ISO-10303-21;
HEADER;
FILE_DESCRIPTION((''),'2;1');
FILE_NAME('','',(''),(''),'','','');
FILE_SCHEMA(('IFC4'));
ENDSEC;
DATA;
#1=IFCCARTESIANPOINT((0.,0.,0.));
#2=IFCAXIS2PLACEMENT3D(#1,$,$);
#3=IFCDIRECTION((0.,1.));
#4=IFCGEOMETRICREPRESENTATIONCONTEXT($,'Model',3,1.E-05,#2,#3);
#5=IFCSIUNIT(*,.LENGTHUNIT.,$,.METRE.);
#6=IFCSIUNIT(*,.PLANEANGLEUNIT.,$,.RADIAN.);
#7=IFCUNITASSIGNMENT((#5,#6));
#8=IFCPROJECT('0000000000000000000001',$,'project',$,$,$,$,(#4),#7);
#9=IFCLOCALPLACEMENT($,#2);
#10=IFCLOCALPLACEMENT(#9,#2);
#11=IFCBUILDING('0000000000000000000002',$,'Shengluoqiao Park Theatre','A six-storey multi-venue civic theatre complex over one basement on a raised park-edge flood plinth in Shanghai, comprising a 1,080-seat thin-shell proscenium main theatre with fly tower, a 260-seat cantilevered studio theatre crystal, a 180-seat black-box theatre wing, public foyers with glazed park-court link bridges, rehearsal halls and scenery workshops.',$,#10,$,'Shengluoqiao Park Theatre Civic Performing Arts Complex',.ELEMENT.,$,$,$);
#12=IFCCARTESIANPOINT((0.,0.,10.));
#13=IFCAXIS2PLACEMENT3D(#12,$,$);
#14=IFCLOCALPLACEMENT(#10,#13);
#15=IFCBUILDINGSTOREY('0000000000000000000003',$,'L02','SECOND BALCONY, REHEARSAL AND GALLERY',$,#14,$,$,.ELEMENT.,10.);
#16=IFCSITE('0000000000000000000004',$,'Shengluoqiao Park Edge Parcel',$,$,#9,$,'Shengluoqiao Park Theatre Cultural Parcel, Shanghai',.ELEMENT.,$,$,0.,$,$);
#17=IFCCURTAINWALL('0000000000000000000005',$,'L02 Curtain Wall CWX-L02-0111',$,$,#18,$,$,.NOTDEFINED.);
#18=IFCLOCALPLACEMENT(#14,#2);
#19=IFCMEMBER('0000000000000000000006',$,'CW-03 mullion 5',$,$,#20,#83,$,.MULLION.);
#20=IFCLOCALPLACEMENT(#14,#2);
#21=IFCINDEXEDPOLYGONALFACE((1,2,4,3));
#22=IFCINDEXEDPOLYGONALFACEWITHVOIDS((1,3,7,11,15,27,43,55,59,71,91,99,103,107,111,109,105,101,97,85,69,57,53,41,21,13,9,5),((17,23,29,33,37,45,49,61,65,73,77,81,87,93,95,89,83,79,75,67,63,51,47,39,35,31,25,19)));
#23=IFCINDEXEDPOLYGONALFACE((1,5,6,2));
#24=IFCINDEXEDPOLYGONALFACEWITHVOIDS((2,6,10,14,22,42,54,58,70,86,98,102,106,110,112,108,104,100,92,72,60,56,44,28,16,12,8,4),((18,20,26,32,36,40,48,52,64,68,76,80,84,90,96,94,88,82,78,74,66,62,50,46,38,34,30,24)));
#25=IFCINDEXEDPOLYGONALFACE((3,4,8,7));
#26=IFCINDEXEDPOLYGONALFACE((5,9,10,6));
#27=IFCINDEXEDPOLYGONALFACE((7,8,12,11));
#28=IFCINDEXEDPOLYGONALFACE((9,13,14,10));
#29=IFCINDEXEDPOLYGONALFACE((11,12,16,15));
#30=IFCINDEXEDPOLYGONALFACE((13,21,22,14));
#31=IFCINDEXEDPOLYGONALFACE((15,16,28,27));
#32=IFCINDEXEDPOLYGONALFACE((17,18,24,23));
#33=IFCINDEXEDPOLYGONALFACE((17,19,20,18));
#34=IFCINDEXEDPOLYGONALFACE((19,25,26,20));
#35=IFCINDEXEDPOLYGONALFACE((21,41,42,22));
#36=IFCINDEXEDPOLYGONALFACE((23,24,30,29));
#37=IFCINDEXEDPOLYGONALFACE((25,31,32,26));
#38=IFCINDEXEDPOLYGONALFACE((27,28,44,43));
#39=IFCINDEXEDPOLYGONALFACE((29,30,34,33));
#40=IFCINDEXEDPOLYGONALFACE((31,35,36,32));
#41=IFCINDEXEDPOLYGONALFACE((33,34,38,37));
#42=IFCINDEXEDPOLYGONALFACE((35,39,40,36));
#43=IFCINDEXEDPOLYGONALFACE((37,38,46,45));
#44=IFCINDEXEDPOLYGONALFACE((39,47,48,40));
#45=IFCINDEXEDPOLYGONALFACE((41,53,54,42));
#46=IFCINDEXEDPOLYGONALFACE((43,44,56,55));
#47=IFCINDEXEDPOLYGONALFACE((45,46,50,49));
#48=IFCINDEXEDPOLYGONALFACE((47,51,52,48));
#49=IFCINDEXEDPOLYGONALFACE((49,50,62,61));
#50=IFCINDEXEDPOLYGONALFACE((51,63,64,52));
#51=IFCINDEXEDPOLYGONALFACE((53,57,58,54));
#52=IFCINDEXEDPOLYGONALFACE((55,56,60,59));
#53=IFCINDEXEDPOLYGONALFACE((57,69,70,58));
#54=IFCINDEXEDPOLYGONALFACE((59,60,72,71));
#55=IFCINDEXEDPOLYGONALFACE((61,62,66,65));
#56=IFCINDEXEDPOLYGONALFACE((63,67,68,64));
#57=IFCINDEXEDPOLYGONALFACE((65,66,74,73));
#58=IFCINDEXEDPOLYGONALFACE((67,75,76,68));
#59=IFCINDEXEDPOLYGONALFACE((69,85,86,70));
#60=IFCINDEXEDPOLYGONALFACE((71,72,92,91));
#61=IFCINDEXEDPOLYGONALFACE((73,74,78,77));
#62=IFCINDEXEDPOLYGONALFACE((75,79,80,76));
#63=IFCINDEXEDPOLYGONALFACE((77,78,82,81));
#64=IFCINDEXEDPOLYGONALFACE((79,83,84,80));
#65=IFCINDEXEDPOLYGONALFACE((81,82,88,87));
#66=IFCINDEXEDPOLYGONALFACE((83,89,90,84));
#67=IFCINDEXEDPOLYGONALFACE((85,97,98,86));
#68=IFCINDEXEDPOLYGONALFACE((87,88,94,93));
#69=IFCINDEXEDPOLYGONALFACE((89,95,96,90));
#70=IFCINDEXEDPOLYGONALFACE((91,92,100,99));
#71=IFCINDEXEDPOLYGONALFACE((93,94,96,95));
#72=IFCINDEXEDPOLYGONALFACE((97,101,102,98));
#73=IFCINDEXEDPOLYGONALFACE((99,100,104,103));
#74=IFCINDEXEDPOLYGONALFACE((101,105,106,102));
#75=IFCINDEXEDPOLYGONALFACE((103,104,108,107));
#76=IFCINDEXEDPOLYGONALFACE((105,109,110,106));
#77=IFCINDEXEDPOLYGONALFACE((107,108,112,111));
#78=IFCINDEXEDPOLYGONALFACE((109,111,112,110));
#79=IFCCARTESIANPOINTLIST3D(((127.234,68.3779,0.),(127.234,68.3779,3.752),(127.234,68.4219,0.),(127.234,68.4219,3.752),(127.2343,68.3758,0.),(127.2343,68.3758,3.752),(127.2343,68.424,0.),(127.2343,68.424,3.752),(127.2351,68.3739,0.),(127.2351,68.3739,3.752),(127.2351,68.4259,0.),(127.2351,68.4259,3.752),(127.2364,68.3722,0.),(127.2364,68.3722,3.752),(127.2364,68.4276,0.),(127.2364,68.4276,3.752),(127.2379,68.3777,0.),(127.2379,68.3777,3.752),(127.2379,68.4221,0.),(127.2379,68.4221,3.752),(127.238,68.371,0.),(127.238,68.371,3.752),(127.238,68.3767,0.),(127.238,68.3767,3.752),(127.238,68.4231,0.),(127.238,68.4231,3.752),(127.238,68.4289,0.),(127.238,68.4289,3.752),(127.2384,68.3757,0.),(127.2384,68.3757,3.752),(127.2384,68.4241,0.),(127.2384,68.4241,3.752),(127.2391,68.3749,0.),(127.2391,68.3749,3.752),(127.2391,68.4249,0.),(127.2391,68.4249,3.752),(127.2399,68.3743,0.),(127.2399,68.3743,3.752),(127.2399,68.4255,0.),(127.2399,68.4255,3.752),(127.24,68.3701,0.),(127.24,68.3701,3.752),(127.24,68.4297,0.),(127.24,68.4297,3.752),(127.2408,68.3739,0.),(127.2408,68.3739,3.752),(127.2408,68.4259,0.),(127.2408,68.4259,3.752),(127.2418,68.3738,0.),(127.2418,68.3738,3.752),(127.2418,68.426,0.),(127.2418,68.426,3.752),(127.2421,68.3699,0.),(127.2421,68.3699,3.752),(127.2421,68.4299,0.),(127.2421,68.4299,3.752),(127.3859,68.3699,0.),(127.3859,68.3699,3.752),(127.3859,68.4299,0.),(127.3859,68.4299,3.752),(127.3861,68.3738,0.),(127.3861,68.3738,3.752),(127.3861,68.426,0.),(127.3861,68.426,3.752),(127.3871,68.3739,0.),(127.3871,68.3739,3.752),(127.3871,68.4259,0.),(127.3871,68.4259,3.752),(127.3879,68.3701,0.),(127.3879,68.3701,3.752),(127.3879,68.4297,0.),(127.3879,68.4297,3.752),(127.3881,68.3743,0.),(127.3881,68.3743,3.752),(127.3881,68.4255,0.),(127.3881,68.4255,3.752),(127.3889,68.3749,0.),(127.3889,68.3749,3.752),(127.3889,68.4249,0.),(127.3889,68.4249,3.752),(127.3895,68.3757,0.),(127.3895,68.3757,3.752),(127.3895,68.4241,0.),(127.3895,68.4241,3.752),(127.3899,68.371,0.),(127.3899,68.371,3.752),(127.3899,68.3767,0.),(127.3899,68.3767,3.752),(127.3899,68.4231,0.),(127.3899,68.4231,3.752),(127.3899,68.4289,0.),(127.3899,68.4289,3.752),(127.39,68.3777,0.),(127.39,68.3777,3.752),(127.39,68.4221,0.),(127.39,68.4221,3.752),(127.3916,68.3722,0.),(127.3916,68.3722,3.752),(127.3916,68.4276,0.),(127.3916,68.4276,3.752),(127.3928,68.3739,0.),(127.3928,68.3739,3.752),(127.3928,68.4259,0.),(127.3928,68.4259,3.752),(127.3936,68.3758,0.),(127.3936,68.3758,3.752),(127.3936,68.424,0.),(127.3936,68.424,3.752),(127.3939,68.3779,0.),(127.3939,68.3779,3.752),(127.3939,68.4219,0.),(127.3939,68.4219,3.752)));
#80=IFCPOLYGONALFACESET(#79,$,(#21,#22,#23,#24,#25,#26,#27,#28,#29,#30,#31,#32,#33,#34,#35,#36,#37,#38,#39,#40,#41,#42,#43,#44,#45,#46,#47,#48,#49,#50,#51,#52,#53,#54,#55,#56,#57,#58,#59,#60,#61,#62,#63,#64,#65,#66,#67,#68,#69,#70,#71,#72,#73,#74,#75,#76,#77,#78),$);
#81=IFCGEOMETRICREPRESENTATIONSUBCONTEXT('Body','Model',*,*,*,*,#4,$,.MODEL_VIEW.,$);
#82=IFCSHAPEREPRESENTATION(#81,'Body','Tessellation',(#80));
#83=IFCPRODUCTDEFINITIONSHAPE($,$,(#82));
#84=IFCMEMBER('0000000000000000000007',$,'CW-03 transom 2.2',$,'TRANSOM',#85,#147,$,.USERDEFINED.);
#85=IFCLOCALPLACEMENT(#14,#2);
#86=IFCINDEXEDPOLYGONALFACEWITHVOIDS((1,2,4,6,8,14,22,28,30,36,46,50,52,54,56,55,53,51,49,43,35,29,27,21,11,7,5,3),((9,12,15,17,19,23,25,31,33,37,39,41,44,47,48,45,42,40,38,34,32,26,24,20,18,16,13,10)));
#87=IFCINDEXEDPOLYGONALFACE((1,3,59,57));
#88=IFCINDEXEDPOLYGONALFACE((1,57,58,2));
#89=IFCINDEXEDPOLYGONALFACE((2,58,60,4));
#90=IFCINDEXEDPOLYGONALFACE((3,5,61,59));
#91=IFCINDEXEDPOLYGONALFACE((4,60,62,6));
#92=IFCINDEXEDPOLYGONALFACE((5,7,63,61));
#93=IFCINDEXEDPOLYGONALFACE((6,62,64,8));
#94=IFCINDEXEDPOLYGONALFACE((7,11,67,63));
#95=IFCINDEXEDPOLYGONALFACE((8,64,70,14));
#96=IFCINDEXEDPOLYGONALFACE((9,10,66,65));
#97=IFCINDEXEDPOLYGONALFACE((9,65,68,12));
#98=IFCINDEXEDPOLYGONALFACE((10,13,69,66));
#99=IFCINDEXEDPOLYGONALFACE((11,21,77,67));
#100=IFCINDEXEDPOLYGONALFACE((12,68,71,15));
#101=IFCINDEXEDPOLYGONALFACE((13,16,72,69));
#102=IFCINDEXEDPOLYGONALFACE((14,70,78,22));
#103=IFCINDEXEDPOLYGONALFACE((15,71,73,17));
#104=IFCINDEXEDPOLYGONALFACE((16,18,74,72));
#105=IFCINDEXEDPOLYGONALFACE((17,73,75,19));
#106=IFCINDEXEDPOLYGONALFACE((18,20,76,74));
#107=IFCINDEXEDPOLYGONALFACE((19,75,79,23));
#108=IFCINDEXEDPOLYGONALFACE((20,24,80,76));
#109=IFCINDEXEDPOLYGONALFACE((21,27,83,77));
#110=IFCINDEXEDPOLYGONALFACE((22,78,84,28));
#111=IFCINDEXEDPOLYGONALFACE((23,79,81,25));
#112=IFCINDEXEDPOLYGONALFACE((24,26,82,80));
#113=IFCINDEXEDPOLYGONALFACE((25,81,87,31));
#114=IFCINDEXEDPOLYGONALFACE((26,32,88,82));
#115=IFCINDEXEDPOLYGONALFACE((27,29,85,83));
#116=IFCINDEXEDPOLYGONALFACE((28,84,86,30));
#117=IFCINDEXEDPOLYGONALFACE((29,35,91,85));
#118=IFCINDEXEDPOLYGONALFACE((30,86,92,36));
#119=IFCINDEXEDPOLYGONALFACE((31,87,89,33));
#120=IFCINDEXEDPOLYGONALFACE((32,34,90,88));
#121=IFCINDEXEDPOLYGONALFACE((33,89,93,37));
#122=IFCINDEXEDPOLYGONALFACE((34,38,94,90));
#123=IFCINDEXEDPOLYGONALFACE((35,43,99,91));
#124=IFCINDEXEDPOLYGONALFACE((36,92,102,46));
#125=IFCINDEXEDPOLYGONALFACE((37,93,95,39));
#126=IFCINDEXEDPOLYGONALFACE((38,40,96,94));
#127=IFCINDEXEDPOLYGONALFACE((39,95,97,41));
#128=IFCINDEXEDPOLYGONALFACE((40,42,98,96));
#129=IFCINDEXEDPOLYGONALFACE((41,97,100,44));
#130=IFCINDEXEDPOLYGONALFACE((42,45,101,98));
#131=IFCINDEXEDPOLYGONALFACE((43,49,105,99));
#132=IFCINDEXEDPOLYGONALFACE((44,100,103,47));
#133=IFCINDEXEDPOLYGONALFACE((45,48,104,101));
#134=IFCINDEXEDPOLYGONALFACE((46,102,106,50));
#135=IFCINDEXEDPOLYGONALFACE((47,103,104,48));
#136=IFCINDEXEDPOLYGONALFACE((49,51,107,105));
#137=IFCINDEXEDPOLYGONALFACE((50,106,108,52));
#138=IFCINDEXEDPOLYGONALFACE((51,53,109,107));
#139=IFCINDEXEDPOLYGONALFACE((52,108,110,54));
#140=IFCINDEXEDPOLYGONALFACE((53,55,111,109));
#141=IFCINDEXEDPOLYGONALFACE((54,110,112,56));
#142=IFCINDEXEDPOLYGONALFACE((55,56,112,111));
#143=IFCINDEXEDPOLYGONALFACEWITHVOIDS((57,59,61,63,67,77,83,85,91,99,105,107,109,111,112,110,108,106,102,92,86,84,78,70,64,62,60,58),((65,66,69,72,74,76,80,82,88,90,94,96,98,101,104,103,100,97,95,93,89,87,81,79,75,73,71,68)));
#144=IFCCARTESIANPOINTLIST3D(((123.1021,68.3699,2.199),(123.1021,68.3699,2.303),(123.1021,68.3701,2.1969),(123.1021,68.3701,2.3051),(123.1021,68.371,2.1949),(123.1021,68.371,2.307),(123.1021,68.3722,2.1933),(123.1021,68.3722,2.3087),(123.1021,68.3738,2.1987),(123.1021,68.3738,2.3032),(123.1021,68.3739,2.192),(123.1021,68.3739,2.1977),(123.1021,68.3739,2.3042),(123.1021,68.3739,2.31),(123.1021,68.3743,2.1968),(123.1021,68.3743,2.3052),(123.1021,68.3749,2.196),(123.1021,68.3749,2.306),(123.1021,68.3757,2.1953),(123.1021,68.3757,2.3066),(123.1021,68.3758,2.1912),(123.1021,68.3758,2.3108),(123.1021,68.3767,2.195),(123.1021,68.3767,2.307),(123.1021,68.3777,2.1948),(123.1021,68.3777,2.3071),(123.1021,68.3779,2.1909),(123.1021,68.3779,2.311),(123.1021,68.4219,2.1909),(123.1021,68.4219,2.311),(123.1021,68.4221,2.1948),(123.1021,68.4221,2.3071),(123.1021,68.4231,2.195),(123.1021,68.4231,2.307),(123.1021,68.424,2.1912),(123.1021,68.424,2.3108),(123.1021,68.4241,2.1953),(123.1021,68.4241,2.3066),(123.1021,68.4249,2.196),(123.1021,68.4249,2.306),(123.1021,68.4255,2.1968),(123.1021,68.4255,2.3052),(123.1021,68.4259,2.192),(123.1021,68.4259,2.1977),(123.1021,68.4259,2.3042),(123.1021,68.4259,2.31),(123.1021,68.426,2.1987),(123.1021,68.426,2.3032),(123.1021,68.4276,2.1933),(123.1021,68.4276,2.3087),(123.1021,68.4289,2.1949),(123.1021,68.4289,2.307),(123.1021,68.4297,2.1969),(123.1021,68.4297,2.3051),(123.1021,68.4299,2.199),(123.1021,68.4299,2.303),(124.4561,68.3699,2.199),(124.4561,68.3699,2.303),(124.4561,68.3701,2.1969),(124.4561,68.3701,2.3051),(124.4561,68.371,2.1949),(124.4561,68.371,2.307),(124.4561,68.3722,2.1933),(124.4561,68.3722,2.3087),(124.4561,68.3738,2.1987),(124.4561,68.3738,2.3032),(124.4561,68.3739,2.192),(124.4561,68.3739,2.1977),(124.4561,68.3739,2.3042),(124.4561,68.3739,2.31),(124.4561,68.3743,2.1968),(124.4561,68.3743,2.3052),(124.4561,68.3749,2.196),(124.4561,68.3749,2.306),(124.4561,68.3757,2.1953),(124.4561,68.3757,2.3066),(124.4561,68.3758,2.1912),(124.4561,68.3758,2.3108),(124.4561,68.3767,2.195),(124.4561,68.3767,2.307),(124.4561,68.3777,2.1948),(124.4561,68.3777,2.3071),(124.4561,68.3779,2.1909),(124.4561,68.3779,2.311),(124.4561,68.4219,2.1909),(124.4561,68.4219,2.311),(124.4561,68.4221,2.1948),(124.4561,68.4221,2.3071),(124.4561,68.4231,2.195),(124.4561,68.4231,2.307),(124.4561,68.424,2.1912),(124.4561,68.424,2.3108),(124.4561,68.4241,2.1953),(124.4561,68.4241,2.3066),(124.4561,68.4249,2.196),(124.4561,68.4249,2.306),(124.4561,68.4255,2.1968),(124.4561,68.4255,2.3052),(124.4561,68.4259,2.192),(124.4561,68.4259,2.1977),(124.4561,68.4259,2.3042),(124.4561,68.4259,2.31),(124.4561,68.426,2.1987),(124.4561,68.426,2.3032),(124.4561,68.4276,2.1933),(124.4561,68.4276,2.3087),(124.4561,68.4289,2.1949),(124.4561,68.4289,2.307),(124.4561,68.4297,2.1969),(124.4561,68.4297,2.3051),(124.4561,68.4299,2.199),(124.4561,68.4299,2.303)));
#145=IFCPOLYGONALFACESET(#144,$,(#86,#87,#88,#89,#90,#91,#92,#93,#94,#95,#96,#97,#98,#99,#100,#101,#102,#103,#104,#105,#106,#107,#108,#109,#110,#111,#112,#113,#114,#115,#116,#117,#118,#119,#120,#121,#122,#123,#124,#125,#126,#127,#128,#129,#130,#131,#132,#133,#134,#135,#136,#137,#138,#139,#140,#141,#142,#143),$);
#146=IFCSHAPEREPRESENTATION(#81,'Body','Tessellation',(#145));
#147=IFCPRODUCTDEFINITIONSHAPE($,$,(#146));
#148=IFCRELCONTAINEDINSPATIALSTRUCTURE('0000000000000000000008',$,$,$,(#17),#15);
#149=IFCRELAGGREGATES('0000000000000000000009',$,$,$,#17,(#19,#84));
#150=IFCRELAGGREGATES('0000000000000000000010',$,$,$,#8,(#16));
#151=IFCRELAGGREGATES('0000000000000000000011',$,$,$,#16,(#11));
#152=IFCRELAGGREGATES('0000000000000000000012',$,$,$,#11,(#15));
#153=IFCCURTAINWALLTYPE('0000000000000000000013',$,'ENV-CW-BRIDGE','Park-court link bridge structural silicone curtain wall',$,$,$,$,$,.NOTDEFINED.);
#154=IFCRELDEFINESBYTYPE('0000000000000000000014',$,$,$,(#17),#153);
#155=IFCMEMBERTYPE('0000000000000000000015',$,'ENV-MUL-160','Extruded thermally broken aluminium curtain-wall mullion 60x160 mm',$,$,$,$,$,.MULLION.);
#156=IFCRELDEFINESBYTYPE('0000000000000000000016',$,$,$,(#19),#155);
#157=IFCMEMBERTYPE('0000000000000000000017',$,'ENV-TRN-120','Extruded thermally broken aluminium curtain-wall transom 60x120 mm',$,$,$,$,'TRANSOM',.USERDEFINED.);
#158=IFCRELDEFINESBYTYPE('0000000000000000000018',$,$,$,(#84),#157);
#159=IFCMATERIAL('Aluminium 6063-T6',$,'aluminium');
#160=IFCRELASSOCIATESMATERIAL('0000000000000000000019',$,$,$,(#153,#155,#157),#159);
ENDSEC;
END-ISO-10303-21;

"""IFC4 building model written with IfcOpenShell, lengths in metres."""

from ifc_helpers import new_model, si_unit, direction, frame, origin, origin_2d, place, context, subcontext, project, spatial, hollow_rectangle, extrude, material, material_profile, profile_set, type_object, element, aggregate, save


model = new_model("IFC4")

# Units and contexts
model_context = context("Model", 3, precision=1e-05, world=origin(), true_north=direction((0.0, 1.0)))
body_context = subcontext(model_context, "Body", "Model", "MODEL_VIEW")
ifc_project = project(units=[si_unit("LENGTHUNIT", "METRE"), si_unit("PLANEANGLEUNIT", "RADIAN")], contexts=[model_context])

# Site, building, storey
site_placement = place(None, origin())
site = spatial("IfcSite", under=ifc_project, at=site_placement, Name="Shengluoqiao Park Edge Parcel", LongName="Shengluoqiao Park Theatre Cultural Parcel, Shanghai", CompositionType="ELEMENT", RefElevation=0.0)
building_placement = place(site_placement, origin())
building = spatial("IfcBuilding", under=site, at=building_placement, Name="Shengluoqiao Park Theatre", Description="A six-storey multi-venue civic theatre complex over one basement on a raised park-edge flood plinth in Shanghai, comprising a 1,080-seat thin-shell proscenium main theatre with fly tower, a 260-seat cantilevered studio theatre crystal, a 180-seat black-box theatre wing, public foyers with glazed park-court link bridges, rehearsal halls and scenery workshops.", LongName="Shengluoqiao Park Theatre Civic Performing Arts Complex", CompositionType="ELEMENT")
storey_placement = place(building_placement, frame((0.0, 0.0, 10.0)))
storey = spatial("IfcBuildingStorey", under=building, at=storey_placement, Name="L02", Description="SECOND BALCONY, REHEARSAL AND GALLERY", CompositionType="ELEMENT", Elevation=10.0)

# Curtain wall, members
ifc_material_1 = material(Name="Aluminium 6063-T6", Category="aluminium")
curtain_wall_type = type_object("IfcCurtainWallType", Name="ENV-CW-BRIDGE", Description="Park-court link bridge structural silicone curtain wall", PredefinedType="NOTDEFINED", material=ifc_material_1)
curtain_wall_placement = place(storey_placement, origin())
curtain_wall = element("IfcCurtainWall", 1, at=curtain_wall_placement, inside=storey, type_object=curtain_wall_type, Name="L02 Curtain Wall CWX-L02-0111", PredefinedType="NOTDEFINED")
ifc_material_profile_1 = material_profile(ifc_material_1, hollow_rectangle(XDim=0.0601, YDim=0.1599, WallThickness=0.0039, InnerFilletRadius=0.0039, OuterFilletRadius=0.0081, at=origin_2d()), Name="ALU MULLION 160x60x4")
ifc_profile_set_1 = profile_set([ifc_material_profile_1], Name="Aluminium 6063-T6")
member_type_1 = type_object("IfcMemberType", Name="ENV-MUL-160", Description="Extruded thermally broken aluminium curtain-wall mullion 60x160 mm", PredefinedType="MULLION", material=ifc_profile_set_1)
member_1_placement = place(storey_placement, frame((127.314, 68.3999, 0.0), z_axis=(0.0, 0.0, 1.0), x_axis=(0.0, 1.0, 0.0)))
member_1 = element("IfcMember", 2, at=member_1_placement, type_object=member_type_1, Name="CW-03 mullion 5", PredefinedType="MULLION", context=body_context, shape_type="SweptSolid", body=[
    extrude(hollow_rectangle(XDim=0.0601, YDim=0.1599, WallThickness=0.0039, InnerFilletRadius=0.0039, OuterFilletRadius=0.0081, at=origin_2d()), origin(), (0.0, 0.0, 1.0), 3.752),
])
ifc_material_profile_2 = material_profile(ifc_material_1, hollow_rectangle(XDim=0.0601, YDim=0.1201, WallThickness=0.0039, InnerFilletRadius=0.0039, OuterFilletRadius=0.0081, at=origin_2d()), Name="ALU TRANSOM 120x60x4")
ifc_profile_set_2 = profile_set([ifc_material_profile_2], Name="Aluminium 6063-T6")
member_type_2 = type_object("IfcMemberType", Name="ENV-TRN-120", Description="Extruded thermally broken aluminium curtain-wall transom 60x120 mm", ElementType="TRANSOM", PredefinedType="USERDEFINED", material=ifc_profile_set_2)
member_2_placement = place(storey_placement, frame((123.1021, 68.3999, 2.251), z_axis=(1.0, 0.0, 0.0), x_axis=(0.0, 1.0, 0.0)))
member_2 = element("IfcMember", 3, at=member_2_placement, type_object=member_type_2, Name="CW-03 transom 2.2", ObjectType="TRANSOM", PredefinedType="USERDEFINED", context=body_context, shape_type="SweptSolid", body=[
    extrude(hollow_rectangle(XDim=0.0601, YDim=0.1201, WallThickness=0.0039, InnerFilletRadius=0.0039, OuterFilletRadius=0.0081, at=origin_2d()), origin(), (0.0, 0.0, 1.0), 1.354),
])

aggregate(curtain_wall, [member_1, member_2])

save(model, "model.ifc")
